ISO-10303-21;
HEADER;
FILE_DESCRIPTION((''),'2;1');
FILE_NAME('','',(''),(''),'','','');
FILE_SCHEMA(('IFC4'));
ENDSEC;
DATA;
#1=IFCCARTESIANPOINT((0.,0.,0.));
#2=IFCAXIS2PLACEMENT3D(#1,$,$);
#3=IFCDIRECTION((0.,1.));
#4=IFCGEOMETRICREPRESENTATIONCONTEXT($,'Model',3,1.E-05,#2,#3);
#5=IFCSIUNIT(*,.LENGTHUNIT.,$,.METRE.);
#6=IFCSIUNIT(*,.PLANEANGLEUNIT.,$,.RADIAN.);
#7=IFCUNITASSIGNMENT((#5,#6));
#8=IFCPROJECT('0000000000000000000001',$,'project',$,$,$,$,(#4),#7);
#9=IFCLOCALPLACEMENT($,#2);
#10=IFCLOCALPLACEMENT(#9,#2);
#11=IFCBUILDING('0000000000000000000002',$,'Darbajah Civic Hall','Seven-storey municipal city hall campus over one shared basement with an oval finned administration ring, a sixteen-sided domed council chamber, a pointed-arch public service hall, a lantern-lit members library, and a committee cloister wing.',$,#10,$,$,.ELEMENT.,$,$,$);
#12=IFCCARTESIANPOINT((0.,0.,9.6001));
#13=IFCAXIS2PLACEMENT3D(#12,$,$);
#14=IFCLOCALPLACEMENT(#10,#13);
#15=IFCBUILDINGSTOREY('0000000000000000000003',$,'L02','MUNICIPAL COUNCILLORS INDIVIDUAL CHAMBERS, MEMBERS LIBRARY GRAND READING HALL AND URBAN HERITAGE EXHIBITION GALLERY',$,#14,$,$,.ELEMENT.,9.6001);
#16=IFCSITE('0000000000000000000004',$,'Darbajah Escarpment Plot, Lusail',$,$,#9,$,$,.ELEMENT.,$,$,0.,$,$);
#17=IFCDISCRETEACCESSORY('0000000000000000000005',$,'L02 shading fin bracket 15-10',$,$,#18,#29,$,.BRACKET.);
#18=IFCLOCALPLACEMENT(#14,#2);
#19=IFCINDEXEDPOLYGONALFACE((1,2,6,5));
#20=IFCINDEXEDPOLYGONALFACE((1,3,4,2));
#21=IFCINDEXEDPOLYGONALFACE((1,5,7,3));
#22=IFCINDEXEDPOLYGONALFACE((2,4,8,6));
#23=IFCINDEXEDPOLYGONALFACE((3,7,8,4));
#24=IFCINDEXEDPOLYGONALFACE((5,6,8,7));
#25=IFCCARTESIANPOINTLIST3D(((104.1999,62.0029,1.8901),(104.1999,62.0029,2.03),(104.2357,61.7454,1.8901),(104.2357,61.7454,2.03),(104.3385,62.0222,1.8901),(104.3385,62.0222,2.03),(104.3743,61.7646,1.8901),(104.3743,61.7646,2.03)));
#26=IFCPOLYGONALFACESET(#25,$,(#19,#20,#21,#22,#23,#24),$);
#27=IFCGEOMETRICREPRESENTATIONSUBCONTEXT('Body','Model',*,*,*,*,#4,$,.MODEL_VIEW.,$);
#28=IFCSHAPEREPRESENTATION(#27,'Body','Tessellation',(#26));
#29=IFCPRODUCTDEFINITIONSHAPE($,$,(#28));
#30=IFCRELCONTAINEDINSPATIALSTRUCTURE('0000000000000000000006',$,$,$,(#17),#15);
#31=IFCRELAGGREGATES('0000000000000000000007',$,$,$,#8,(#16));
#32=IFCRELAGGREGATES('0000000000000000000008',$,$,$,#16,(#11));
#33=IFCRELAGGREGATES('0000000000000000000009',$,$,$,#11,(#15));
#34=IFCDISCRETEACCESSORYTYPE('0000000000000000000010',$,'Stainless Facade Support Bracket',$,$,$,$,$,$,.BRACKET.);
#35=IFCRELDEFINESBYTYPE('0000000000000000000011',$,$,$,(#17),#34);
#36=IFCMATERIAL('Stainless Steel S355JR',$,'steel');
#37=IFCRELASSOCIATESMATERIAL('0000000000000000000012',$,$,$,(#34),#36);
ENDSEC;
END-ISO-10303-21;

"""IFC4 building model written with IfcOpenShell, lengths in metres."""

from ifc_helpers import new_model, si_unit, direction, frame, origin, origin_2d, place, context, subcontext, project, spatial, rectangle, extrude, material, type_object, element, save


model = new_model("IFC4")

# Units and contexts
model_context = context("Model", 3, precision=1e-05, world=origin(), true_north=direction((0.0, 1.0)))
body_context = subcontext(model_context, "Body", "Model", "MODEL_VIEW")
ifc_project = project(units=[si_unit("LENGTHUNIT", "METRE"), si_unit("PLANEANGLEUNIT", "RADIAN")], contexts=[model_context])

# Site, building, storey
site_placement = place(None, origin())
site = spatial("IfcSite", under=ifc_project, at=site_placement, Name="Darbajah Escarpment Plot, Lusail", CompositionType="ELEMENT", RefElevation=0.0)
building_placement = place(site_placement, origin())
building = spatial("IfcBuilding", under=site, at=building_placement, Name="Darbajah Civic Hall", Description="Seven-storey municipal city hall campus over one shared basement with an oval finned administration ring, a sixteen-sided domed council chamber, a pointed-arch public service hall, a lantern-lit members library, and a committee cloister wing.", CompositionType="ELEMENT")
storey_placement = place(building_placement, frame((0.0, 0.0, 9.6001)))
storey = spatial("IfcBuildingStorey", under=building, at=storey_placement, Name="L02", Description="MUNICIPAL COUNCILLORS INDIVIDUAL CHAMBERS, MEMBERS LIBRARY GRAND READING HALL AND URBAN HERITAGE EXHIBITION GALLERY", CompositionType="ELEMENT", Elevation=9.6001)

# Discrete accessory
ifc_material_1 = material(Name="Stainless Steel S355JR", Category="steel")
discrete_accessory_type = type_object("IfcDiscreteAccessoryType", Name="Stainless Facade Support Bracket", PredefinedType="BRACKET", material=ifc_material_1)
for number, where, z_axis, x_axis, name in (
    (1, (104.2871, 61.8838, 1.8901), (0.0, 0.0, 1.0), (0.137617, -0.990485, 0.0), "L02 shading fin bracket 15-10"),
):
    element("IfcDiscreteAccessory", number, at=place(storey_placement, frame(where, z_axis=z_axis, x_axis=x_axis)), inside=storey, type_object=discrete_accessory_type, Name=name, PredefinedType="BRACKET", context=body_context, shape_type="SweptSolid", body=[
        extrude(rectangle(XDim=0.26, YDim=0.1399, at=origin_2d()), origin(), (0.0, 0.0, 1.0), 0.1399),
    ])

save(model, "model.ifc")
